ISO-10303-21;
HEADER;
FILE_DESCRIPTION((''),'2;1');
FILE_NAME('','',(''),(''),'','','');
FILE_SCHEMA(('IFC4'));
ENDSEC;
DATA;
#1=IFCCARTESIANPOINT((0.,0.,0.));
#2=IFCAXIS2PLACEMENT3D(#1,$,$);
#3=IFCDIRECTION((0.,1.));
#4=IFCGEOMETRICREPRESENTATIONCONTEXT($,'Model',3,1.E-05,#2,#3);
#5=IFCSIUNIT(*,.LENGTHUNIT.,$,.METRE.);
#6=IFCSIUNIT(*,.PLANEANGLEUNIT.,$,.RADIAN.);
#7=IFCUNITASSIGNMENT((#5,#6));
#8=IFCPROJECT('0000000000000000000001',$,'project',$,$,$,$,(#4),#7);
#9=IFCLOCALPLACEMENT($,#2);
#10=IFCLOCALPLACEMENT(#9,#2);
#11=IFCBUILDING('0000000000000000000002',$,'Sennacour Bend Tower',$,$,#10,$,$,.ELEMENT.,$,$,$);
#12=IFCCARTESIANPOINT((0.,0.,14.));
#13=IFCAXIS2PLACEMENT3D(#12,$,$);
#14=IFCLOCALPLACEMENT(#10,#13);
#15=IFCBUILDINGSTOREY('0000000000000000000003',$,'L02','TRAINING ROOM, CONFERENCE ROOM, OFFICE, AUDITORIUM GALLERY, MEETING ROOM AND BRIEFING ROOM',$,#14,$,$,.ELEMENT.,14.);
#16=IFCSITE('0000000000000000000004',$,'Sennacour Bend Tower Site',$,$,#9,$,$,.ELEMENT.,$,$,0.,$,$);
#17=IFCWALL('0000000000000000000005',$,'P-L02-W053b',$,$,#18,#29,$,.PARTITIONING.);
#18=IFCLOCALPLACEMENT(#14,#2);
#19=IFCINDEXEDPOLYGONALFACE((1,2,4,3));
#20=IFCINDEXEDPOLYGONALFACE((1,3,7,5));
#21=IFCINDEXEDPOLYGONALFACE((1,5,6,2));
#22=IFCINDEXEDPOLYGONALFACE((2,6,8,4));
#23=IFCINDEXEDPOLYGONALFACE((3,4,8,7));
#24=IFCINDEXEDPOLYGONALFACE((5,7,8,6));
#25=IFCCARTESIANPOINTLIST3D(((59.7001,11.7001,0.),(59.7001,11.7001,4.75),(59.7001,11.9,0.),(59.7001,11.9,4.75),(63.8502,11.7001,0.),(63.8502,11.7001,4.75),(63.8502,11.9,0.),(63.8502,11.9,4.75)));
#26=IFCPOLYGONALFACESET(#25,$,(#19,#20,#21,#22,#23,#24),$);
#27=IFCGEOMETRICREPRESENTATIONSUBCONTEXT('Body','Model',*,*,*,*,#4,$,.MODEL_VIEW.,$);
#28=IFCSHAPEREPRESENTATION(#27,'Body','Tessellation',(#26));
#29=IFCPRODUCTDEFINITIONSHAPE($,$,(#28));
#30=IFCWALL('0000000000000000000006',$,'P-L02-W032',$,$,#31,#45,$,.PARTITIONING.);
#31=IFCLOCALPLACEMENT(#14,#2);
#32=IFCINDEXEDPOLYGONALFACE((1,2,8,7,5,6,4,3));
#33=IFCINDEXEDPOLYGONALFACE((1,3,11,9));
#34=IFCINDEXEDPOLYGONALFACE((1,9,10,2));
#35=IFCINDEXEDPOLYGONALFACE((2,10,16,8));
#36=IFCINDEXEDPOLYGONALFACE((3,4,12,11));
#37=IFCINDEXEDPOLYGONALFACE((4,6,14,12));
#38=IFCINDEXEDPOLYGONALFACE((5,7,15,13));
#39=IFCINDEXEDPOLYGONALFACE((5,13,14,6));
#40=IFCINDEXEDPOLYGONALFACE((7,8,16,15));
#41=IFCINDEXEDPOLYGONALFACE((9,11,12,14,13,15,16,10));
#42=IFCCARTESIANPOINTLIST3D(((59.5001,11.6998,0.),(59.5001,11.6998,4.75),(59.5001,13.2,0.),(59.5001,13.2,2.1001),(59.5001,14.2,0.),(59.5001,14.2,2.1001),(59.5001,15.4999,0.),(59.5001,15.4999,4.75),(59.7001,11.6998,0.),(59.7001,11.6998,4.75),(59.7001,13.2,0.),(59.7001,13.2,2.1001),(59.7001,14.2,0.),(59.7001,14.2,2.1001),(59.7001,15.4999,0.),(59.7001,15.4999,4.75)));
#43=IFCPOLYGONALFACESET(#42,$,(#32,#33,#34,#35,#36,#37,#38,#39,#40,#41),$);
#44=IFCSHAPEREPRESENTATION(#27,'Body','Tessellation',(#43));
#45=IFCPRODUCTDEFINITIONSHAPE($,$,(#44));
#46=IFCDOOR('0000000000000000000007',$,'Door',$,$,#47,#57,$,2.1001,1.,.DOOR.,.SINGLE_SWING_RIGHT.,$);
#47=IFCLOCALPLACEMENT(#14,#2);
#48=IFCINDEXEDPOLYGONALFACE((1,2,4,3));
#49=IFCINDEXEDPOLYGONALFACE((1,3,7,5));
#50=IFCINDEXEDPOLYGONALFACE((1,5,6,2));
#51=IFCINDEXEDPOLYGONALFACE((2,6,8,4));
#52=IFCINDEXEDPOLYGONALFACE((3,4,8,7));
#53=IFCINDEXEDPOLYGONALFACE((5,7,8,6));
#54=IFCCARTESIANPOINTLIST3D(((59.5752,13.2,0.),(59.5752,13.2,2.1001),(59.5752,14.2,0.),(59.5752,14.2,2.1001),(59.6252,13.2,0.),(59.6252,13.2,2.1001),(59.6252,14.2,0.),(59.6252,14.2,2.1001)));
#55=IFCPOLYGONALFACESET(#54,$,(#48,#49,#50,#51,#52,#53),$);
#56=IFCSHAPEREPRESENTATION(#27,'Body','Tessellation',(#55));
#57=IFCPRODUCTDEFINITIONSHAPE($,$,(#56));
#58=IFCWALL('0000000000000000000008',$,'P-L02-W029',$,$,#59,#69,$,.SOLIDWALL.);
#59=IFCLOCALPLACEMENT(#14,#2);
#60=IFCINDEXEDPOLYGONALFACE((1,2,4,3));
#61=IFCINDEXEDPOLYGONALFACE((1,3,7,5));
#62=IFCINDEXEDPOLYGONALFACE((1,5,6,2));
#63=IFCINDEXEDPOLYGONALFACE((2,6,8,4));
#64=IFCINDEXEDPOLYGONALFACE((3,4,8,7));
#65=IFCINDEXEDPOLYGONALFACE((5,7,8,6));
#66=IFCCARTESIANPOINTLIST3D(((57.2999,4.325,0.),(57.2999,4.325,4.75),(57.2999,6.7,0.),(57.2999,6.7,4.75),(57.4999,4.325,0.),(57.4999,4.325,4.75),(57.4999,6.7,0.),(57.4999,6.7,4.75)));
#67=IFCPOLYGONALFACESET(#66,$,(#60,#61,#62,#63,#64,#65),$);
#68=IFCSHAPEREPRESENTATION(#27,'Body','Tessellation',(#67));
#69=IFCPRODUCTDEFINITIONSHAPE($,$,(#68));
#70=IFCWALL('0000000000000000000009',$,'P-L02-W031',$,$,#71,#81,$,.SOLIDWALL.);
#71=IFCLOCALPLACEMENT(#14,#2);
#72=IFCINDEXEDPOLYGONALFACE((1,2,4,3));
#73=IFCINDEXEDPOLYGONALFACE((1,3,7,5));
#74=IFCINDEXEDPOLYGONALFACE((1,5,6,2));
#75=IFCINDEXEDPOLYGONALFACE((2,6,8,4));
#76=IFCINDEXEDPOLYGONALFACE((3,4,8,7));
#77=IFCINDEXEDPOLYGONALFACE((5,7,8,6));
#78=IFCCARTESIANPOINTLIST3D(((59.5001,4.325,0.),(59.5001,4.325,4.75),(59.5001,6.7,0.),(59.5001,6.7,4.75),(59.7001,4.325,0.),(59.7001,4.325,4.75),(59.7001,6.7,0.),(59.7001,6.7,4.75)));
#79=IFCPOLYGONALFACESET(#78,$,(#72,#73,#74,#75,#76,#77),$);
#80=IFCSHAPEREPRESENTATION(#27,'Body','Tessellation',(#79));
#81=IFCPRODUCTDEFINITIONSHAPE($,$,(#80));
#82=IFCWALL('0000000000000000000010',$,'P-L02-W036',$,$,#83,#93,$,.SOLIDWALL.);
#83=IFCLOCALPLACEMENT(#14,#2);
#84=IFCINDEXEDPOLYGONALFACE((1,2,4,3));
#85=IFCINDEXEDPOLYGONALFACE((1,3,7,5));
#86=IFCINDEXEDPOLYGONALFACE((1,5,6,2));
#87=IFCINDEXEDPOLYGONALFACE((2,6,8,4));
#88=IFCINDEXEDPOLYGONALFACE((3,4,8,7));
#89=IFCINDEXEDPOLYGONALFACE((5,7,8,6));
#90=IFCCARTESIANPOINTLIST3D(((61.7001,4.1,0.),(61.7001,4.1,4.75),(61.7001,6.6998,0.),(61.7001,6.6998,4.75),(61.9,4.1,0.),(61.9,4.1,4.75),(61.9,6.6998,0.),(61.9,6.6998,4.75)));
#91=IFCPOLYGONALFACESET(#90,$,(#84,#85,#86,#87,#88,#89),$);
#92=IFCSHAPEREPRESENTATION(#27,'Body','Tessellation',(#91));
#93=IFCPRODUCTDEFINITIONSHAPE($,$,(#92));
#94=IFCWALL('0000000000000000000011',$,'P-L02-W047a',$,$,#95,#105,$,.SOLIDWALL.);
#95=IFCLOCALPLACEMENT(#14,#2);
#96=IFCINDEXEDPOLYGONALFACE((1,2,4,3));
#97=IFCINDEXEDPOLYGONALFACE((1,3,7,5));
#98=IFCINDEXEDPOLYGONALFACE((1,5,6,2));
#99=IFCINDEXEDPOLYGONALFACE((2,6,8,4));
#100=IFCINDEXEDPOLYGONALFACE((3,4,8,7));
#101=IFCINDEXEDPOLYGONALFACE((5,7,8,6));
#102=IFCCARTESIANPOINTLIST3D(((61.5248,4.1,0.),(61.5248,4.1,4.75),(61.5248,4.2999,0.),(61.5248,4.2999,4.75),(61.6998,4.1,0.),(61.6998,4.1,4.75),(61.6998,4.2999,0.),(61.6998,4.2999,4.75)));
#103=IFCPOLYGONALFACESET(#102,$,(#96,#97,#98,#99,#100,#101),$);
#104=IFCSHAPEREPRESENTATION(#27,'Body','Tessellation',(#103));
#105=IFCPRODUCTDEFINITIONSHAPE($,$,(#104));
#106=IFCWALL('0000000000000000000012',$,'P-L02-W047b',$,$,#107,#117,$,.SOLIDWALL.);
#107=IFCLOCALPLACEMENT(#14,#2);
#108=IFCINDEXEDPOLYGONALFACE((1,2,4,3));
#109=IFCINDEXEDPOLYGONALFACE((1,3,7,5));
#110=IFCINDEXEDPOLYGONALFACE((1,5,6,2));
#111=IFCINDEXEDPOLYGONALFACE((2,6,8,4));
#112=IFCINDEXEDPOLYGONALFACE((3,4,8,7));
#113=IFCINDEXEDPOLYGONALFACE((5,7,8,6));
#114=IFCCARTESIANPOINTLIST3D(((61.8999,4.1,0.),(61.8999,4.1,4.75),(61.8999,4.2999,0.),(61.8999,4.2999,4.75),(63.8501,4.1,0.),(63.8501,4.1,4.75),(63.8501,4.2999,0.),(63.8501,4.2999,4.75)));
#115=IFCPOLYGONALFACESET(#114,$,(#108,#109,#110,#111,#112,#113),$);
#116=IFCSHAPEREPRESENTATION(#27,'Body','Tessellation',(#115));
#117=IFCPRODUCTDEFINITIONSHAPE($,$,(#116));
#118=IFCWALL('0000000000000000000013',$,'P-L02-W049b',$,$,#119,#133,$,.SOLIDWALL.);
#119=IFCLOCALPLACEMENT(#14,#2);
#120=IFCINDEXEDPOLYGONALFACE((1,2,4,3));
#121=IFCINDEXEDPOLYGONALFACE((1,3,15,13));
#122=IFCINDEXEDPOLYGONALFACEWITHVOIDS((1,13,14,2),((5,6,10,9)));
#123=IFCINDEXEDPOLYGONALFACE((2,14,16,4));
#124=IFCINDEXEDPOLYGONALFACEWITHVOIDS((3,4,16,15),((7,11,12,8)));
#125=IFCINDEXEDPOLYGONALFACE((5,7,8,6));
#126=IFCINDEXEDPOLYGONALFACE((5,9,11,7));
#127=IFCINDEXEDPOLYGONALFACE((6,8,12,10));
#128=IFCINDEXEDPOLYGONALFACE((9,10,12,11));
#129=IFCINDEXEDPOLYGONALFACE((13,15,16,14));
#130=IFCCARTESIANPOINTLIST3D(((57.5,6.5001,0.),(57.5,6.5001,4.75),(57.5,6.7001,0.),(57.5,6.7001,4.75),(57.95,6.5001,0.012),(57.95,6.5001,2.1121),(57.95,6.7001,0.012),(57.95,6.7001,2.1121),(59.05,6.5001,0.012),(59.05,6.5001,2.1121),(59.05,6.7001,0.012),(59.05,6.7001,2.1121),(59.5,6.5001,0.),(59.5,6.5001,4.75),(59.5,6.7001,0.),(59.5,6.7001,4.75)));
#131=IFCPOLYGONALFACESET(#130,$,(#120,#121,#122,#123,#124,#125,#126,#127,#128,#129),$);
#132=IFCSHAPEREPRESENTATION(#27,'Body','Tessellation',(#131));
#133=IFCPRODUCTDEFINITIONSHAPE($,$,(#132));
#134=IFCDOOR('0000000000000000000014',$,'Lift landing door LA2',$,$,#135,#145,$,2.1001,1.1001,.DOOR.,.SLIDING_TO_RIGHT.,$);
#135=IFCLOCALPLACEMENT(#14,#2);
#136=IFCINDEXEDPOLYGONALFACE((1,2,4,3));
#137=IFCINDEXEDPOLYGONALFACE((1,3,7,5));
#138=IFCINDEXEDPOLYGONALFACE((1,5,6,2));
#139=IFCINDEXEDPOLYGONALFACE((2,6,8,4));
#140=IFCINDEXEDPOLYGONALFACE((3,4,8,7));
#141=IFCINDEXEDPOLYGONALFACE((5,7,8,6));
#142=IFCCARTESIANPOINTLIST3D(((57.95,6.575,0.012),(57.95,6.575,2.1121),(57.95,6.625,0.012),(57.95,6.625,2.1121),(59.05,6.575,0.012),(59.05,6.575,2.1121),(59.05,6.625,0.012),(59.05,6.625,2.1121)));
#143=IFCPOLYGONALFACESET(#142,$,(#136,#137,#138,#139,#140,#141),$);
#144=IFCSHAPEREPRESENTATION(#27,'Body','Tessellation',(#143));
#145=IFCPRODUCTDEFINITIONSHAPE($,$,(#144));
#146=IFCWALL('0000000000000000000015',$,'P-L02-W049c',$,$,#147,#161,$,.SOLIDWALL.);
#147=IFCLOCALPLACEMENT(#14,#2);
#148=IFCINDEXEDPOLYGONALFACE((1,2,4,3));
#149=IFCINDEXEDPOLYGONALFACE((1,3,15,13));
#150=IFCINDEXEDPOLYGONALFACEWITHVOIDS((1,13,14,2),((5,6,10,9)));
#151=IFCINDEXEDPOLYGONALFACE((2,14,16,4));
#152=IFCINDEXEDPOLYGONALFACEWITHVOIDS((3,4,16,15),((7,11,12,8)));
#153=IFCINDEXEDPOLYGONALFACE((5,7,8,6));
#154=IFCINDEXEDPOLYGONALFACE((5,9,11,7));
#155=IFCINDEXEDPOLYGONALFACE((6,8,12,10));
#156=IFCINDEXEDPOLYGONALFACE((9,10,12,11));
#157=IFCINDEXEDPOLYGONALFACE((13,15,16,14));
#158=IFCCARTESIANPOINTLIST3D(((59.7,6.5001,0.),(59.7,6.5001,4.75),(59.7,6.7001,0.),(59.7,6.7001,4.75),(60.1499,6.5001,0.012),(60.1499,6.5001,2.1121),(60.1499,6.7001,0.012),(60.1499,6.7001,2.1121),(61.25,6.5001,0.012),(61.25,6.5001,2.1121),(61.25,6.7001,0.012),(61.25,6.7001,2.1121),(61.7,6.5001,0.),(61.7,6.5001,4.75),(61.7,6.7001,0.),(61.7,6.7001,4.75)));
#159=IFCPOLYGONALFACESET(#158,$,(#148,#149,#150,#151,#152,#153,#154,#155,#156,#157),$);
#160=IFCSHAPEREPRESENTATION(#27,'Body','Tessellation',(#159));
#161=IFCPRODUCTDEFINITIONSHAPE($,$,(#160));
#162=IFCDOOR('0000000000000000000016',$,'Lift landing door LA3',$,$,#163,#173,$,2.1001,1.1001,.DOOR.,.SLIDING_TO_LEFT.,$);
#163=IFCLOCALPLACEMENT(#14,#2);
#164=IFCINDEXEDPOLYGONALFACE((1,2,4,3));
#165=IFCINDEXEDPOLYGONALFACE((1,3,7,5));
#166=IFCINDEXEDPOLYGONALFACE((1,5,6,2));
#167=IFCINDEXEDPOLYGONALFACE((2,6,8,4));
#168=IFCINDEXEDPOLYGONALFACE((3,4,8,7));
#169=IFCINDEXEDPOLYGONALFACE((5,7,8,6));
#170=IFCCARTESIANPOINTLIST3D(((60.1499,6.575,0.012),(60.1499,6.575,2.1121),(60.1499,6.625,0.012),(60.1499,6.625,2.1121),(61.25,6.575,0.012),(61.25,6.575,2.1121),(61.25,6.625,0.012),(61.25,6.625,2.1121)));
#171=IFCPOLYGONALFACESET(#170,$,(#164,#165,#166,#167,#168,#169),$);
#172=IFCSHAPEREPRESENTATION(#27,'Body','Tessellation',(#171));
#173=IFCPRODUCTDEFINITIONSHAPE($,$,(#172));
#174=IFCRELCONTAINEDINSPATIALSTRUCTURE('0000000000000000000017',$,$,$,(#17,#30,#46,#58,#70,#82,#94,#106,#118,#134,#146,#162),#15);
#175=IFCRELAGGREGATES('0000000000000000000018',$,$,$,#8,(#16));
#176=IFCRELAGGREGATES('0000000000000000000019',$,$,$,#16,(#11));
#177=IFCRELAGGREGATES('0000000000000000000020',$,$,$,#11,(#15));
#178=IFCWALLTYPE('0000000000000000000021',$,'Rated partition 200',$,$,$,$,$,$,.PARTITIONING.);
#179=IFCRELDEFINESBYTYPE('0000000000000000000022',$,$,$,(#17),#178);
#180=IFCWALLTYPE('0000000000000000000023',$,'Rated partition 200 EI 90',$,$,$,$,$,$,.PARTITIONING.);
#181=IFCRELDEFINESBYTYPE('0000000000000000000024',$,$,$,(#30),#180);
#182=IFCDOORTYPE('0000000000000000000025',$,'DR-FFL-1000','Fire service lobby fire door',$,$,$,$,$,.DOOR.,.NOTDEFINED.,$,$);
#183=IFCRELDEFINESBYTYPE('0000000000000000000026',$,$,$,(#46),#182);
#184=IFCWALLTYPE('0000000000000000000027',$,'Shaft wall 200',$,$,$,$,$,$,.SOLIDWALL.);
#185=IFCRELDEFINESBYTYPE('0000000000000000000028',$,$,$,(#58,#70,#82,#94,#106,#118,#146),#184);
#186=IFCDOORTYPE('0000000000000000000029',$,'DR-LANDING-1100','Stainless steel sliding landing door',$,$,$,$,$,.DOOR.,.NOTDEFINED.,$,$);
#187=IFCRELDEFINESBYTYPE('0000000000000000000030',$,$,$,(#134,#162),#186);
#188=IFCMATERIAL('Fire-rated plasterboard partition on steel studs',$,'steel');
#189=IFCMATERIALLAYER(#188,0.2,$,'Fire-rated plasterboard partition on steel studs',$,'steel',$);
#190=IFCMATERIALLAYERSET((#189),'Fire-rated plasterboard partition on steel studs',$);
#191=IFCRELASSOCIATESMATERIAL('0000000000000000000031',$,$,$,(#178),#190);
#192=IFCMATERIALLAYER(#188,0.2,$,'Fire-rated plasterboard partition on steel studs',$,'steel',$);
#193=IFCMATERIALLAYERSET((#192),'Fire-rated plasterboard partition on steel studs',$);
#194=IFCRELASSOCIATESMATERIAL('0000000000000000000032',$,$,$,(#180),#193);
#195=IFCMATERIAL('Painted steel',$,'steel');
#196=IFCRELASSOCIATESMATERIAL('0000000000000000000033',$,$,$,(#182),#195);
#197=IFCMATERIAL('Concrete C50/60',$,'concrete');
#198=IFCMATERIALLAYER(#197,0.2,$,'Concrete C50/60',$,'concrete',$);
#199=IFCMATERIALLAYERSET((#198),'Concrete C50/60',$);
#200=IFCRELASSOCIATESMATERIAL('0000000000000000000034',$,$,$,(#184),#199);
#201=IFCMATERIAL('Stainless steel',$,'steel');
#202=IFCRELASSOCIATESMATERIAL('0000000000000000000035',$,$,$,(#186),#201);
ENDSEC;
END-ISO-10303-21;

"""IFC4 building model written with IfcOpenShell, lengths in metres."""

from ifc_helpers import new_model, si_unit, direction, frame, frame_2d, origin, place, context, subcontext, project, spatial, rectangle, extrude, material, layer, layer_set, type_object, element, fill, save


model = new_model("IFC4")

# Units and contexts
model_context = context("Model", 3, precision=1e-05, world=origin(), true_north=direction((0.0, 1.0)))
body_context = subcontext(model_context, "Body", "Model", "MODEL_VIEW")
ifc_project = project(units=[si_unit("LENGTHUNIT", "METRE"), si_unit("PLANEANGLEUNIT", "RADIAN")], contexts=[model_context])

# Site, building, storey
site_placement = place(None, origin())
site = spatial("IfcSite", under=ifc_project, at=site_placement, Name="Sennacour Bend Tower Site", CompositionType="ELEMENT", RefElevation=0.0)
building_placement = place(site_placement, origin())
building = spatial("IfcBuilding", under=site, at=building_placement, Name="Sennacour Bend Tower", CompositionType="ELEMENT")
storey_placement = place(building_placement, frame((0.0, 0.0, 14.0)))
storey = spatial("IfcBuildingStorey", under=building, at=storey_placement, Name="L02", Description="TRAINING ROOM, CONFERENCE ROOM, OFFICE, AUDITORIUM GALLERY, MEETING ROOM AND BRIEFING ROOM", CompositionType="ELEMENT", Elevation=14.0)

# Wall
ifc_material_1 = material(Name="Fire-rated plasterboard partition on steel studs", Category="steel")
ifc_layer_1 = layer(ifc_material_1, 0.2, Name="Fire-rated plasterboard partition on steel studs", Category="steel")
ifc_layer_set_1 = layer_set([ifc_layer_1], Name="Fire-rated plasterboard partition on steel studs")
wall_type_1 = type_object("IfcWallType", Name="Rated partition 200", PredefinedType="PARTITIONING", material=ifc_layer_set_1)
wall_1_placement = place(storey_placement, frame((59.7, 11.8, 0.0), z_axis=(0.0, 0.0, 1.0), x_axis=(1.0, 0.0, 0.0)))
element("IfcWall", 1, at=wall_1_placement, inside=storey, type_object=wall_type_1, Name="P-L02-W053b", PredefinedType="PARTITIONING", context=body_context, shape_type="SweptSolid", body=[
    extrude(rectangle(XDim=4.1501, YDim=0.2, at=frame_2d((2.0752, 0.0))), origin(), (0.0, 0.0, 1.0), 4.75),
])

# Wall, opening, door
ifc_layer_2 = layer(ifc_material_1, 0.2, Name="Fire-rated plasterboard partition on steel studs", Category="steel")
ifc_layer_set_2 = layer_set([ifc_layer_2], Name="Fire-rated plasterboard partition on steel studs")
wall_type_2 = type_object("IfcWallType", Name="Rated partition 200 EI 90", PredefinedType="PARTITIONING", material=ifc_layer_set_2)
wall_2_placement = place(storey_placement, frame((59.6001, 11.7, 0.0), z_axis=(0.0, 0.0, 1.0), x_axis=(0.0, 1.0, 0.0)))
wall_2 = element("IfcWall", 2, at=wall_2_placement, inside=storey, type_object=wall_type_2, Name="P-L02-W032", PredefinedType="PARTITIONING", context=body_context, shape_type="SweptSolid", body=[
    extrude(rectangle(XDim=3.8, YDim=0.2, at=frame_2d((1.8999, 0.0))), origin(), (0.0, 0.0, 1.0), 4.75),
])
opening_1_placement = place(wall_2_placement, frame((1.5, 0.0, 0.0)))
opening_1 = element("IfcOpeningElement", 3, at=opening_1_placement, cuts=wall_2, PredefinedType="OPENING", context=body_context, shape_type="SweptSolid", body=[
    extrude(rectangle(XDim=1.0, YDim=2.1001, at=frame_2d((0.5, 1.05))), frame((0.0, 0.1099, 0.0), z_axis=(0.0, -1.0, 0.0), x_axis=(1.0, 0.0, 0.0)), (0.0, 0.0, 1.0), 0.22),
])
ifc_material_2 = material(Name="Painted steel", Category="steel")
door_type_1 = type_object("IfcDoorType", Name="DR-FFL-1000", Description="Fire service lobby fire door", OperationType="NOTDEFINED", PredefinedType="DOOR", material=ifc_material_2)
door_1_placement = place(opening_1_placement, origin())
door_1 = element("IfcDoor", 4, at=door_1_placement, inside=storey, type_object=door_type_1, Name="Door", OperationType="SINGLE_SWING_RIGHT", OverallHeight=2.1001, OverallWidth=1.0, PredefinedType="DOOR", context=body_context, shape_type="SweptSolid", body=[
    extrude(rectangle(XDim=1.0, YDim=2.1001, at=frame_2d((0.5, 1.05))), frame((0.0, 0.0249, 0.0), z_axis=(0.0, -1.0, 0.0), x_axis=(1.0, 0.0, 0.0)), (0.0, 0.0, 1.0), 0.05),
])
fill(opening_1, door_1)

# Walls
ifc_material_3 = material(Name="Concrete C50/60", Category="concrete")
ifc_layer_3 = layer(ifc_material_3, 0.2, Name="Concrete C50/60", Category="concrete")
ifc_layer_set_3 = layer_set([ifc_layer_3], Name="Concrete C50/60")
wall_type_3 = type_object("IfcWallType", Name="Shaft wall 200", PredefinedType="SOLIDWALL", material=ifc_layer_set_3)
for number, where, z_axis, x_axis, name in (
    (5, (57.3999, 4.325, 0.0), (0.0, 0.0, 1.0), (0.0, 1.0, 0.0), "P-L02-W029"),
    (6, (59.6001, 4.325, 0.0), (0.0, 0.0, 1.0), (0.0, 1.0, 0.0), "P-L02-W031"),
):
    element("IfcWall", number, at=place(storey_placement, frame(where, z_axis=z_axis, x_axis=x_axis)), inside=storey, type_object=wall_type_3, Name=name, PredefinedType="SOLIDWALL", context=body_context, shape_type="SweptSolid", body=[
        extrude(rectangle(XDim=2.375, YDim=0.2, at=frame_2d((1.1875, 0.0))), origin(), (0.0, 0.0, 1.0), 4.75),
    ])
wall_3_placement = place(storey_placement, frame((61.8, 4.1001, 0.0), z_axis=(0.0, 0.0, 1.0), x_axis=(0.0, 1.0, 0.0)))
element("IfcWall", 7, at=wall_3_placement, inside=storey, type_object=wall_type_3, Name="P-L02-W036", PredefinedType="SOLIDWALL", context=body_context, shape_type="SweptSolid", body=[
    extrude(rectangle(XDim=2.5999, YDim=0.2, at=frame_2d((1.2998, 0.0))), origin(), (0.0, 0.0, 1.0), 4.75),
])
wall_4_placement = place(storey_placement, frame((61.5249, 4.2, 0.0), z_axis=(0.0, 0.0, 1.0), x_axis=(1.0, 0.0, 0.0)))
element("IfcWall", 8, at=wall_4_placement, inside=storey, type_object=wall_type_3, Name="P-L02-W047a", PredefinedType="SOLIDWALL", context=body_context, shape_type="SweptSolid", body=[
    extrude(rectangle(XDim=0.175, YDim=0.2, at=frame_2d((0.0874, 0.0))), origin(), (0.0, 0.0, 1.0), 4.75),
])
wall_5_placement = place(storey_placement, frame((61.8999, 4.2, 0.0), z_axis=(0.0, 0.0, 1.0), x_axis=(1.0, 0.0, 0.0)))
element("IfcWall", 9, at=wall_5_placement, inside=storey, type_object=wall_type_3, Name="P-L02-W047b", PredefinedType="SOLIDWALL", context=body_context, shape_type="SweptSolid", body=[
    extrude(rectangle(XDim=1.9502, YDim=0.2, at=frame_2d((0.9751, 0.0))), origin(), (0.0, 0.0, 1.0), 4.75),
])

# Walls, openings, doors
wall_6_placement = place(storey_placement, frame((57.5, 6.6001, 0.0), z_axis=(0.0, 0.0, 1.0), x_axis=(1.0, 0.0, 0.0)))
wall_6 = element("IfcWall", 10, at=wall_6_placement, inside=storey, type_object=wall_type_3, Name="P-L02-W049b", PredefinedType="SOLIDWALL", context=body_context, shape_type="SweptSolid", body=[
    extrude(rectangle(XDim=2.0, YDim=0.2, at=frame_2d((1.0, 0.0))), origin(), (0.0, 0.0, 1.0), 4.75),
])
opening_2_placement = place(wall_6_placement, frame((0.45, 0.0, 0.012)))
opening_2 = element("IfcOpeningElement", 11, at=opening_2_placement, cuts=wall_6, PredefinedType="OPENING", context=body_context, shape_type="SweptSolid", body=[
    extrude(rectangle(XDim=1.1001, YDim=2.1001, at=frame_2d((0.55, 1.05))), frame((0.0, 0.1099, 0.0), z_axis=(0.0, -1.0, 0.0), x_axis=(1.0, 0.0, 0.0)), (0.0, 0.0, 1.0), 0.22),
])
ifc_material_4 = material(Name="Stainless steel", Category="steel")
door_type_2 = type_object("IfcDoorType", Name="DR-LANDING-1100", Description="Stainless steel sliding landing door", OperationType="NOTDEFINED", PredefinedType="DOOR", material=ifc_material_4)
door_2_placement = place(opening_2_placement, origin())
door_2 = element("IfcDoor", 12, at=door_2_placement, inside=storey, type_object=door_type_2, Name="Lift landing door LA2", OperationType="SLIDING_TO_RIGHT", OverallHeight=2.1001, OverallWidth=1.1001, PredefinedType="DOOR", context=body_context, shape_type="SweptSolid", body=[
    extrude(rectangle(XDim=1.1001, YDim=2.1001, at=frame_2d((0.55, 1.05))), frame((0.0, 0.0249, 0.0), z_axis=(0.0, -1.0, 0.0), x_axis=(1.0, 0.0, 0.0)), (0.0, 0.0, 1.0), 0.05),
])
fill(opening_2, door_2)
wall_7_placement = place(storey_placement, frame((59.7, 6.6001, 0.0), z_axis=(0.0, 0.0, 1.0), x_axis=(1.0, 0.0, 0.0)))
wall_7 = element("IfcWall", 13, at=wall_7_placement, inside=storey, type_object=wall_type_3, Name="P-L02-W049c", PredefinedType="SOLIDWALL", context=body_context, shape_type="SweptSolid", body=[
    extrude(rectangle(XDim=2.0, YDim=0.2, at=frame_2d((1.0, 0.0))), origin(), (0.0, 0.0, 1.0), 4.75),
])
opening_3_placement = place(wall_7_placement, frame((0.45, 0.0, 0.012)))
opening_3 = element("IfcOpeningElement", 14, at=opening_3_placement, cuts=wall_7, PredefinedType="OPENING", context=body_context, shape_type="SweptSolid", body=[
    extrude(rectangle(XDim=1.1001, YDim=2.1001, at=frame_2d((0.55, 1.05))), frame((0.0, 0.1099, 0.0), z_axis=(0.0, -1.0, 0.0), x_axis=(1.0, 0.0, 0.0)), (0.0, 0.0, 1.0), 0.22),
])
door_3_placement = place(opening_3_placement, origin())
door_3 = element("IfcDoor", 15, at=door_3_placement, inside=storey, type_object=door_type_2, Name="Lift landing door LA3", OperationType="SLIDING_TO_LEFT", OverallHeight=2.1001, OverallWidth=1.1001, PredefinedType="DOOR", context=body_context, shape_type="SweptSolid", body=[
    extrude(rectangle(XDim=1.1001, YDim=2.1001, at=frame_2d((0.55, 1.05))), frame((0.0, 0.0249, 0.0), z_axis=(0.0, -1.0, 0.0), x_axis=(1.0, 0.0, 0.0)), (0.0, 0.0, 1.0), 0.05),
])
fill(opening_3, door_3)

save(model, "model.ifc")
